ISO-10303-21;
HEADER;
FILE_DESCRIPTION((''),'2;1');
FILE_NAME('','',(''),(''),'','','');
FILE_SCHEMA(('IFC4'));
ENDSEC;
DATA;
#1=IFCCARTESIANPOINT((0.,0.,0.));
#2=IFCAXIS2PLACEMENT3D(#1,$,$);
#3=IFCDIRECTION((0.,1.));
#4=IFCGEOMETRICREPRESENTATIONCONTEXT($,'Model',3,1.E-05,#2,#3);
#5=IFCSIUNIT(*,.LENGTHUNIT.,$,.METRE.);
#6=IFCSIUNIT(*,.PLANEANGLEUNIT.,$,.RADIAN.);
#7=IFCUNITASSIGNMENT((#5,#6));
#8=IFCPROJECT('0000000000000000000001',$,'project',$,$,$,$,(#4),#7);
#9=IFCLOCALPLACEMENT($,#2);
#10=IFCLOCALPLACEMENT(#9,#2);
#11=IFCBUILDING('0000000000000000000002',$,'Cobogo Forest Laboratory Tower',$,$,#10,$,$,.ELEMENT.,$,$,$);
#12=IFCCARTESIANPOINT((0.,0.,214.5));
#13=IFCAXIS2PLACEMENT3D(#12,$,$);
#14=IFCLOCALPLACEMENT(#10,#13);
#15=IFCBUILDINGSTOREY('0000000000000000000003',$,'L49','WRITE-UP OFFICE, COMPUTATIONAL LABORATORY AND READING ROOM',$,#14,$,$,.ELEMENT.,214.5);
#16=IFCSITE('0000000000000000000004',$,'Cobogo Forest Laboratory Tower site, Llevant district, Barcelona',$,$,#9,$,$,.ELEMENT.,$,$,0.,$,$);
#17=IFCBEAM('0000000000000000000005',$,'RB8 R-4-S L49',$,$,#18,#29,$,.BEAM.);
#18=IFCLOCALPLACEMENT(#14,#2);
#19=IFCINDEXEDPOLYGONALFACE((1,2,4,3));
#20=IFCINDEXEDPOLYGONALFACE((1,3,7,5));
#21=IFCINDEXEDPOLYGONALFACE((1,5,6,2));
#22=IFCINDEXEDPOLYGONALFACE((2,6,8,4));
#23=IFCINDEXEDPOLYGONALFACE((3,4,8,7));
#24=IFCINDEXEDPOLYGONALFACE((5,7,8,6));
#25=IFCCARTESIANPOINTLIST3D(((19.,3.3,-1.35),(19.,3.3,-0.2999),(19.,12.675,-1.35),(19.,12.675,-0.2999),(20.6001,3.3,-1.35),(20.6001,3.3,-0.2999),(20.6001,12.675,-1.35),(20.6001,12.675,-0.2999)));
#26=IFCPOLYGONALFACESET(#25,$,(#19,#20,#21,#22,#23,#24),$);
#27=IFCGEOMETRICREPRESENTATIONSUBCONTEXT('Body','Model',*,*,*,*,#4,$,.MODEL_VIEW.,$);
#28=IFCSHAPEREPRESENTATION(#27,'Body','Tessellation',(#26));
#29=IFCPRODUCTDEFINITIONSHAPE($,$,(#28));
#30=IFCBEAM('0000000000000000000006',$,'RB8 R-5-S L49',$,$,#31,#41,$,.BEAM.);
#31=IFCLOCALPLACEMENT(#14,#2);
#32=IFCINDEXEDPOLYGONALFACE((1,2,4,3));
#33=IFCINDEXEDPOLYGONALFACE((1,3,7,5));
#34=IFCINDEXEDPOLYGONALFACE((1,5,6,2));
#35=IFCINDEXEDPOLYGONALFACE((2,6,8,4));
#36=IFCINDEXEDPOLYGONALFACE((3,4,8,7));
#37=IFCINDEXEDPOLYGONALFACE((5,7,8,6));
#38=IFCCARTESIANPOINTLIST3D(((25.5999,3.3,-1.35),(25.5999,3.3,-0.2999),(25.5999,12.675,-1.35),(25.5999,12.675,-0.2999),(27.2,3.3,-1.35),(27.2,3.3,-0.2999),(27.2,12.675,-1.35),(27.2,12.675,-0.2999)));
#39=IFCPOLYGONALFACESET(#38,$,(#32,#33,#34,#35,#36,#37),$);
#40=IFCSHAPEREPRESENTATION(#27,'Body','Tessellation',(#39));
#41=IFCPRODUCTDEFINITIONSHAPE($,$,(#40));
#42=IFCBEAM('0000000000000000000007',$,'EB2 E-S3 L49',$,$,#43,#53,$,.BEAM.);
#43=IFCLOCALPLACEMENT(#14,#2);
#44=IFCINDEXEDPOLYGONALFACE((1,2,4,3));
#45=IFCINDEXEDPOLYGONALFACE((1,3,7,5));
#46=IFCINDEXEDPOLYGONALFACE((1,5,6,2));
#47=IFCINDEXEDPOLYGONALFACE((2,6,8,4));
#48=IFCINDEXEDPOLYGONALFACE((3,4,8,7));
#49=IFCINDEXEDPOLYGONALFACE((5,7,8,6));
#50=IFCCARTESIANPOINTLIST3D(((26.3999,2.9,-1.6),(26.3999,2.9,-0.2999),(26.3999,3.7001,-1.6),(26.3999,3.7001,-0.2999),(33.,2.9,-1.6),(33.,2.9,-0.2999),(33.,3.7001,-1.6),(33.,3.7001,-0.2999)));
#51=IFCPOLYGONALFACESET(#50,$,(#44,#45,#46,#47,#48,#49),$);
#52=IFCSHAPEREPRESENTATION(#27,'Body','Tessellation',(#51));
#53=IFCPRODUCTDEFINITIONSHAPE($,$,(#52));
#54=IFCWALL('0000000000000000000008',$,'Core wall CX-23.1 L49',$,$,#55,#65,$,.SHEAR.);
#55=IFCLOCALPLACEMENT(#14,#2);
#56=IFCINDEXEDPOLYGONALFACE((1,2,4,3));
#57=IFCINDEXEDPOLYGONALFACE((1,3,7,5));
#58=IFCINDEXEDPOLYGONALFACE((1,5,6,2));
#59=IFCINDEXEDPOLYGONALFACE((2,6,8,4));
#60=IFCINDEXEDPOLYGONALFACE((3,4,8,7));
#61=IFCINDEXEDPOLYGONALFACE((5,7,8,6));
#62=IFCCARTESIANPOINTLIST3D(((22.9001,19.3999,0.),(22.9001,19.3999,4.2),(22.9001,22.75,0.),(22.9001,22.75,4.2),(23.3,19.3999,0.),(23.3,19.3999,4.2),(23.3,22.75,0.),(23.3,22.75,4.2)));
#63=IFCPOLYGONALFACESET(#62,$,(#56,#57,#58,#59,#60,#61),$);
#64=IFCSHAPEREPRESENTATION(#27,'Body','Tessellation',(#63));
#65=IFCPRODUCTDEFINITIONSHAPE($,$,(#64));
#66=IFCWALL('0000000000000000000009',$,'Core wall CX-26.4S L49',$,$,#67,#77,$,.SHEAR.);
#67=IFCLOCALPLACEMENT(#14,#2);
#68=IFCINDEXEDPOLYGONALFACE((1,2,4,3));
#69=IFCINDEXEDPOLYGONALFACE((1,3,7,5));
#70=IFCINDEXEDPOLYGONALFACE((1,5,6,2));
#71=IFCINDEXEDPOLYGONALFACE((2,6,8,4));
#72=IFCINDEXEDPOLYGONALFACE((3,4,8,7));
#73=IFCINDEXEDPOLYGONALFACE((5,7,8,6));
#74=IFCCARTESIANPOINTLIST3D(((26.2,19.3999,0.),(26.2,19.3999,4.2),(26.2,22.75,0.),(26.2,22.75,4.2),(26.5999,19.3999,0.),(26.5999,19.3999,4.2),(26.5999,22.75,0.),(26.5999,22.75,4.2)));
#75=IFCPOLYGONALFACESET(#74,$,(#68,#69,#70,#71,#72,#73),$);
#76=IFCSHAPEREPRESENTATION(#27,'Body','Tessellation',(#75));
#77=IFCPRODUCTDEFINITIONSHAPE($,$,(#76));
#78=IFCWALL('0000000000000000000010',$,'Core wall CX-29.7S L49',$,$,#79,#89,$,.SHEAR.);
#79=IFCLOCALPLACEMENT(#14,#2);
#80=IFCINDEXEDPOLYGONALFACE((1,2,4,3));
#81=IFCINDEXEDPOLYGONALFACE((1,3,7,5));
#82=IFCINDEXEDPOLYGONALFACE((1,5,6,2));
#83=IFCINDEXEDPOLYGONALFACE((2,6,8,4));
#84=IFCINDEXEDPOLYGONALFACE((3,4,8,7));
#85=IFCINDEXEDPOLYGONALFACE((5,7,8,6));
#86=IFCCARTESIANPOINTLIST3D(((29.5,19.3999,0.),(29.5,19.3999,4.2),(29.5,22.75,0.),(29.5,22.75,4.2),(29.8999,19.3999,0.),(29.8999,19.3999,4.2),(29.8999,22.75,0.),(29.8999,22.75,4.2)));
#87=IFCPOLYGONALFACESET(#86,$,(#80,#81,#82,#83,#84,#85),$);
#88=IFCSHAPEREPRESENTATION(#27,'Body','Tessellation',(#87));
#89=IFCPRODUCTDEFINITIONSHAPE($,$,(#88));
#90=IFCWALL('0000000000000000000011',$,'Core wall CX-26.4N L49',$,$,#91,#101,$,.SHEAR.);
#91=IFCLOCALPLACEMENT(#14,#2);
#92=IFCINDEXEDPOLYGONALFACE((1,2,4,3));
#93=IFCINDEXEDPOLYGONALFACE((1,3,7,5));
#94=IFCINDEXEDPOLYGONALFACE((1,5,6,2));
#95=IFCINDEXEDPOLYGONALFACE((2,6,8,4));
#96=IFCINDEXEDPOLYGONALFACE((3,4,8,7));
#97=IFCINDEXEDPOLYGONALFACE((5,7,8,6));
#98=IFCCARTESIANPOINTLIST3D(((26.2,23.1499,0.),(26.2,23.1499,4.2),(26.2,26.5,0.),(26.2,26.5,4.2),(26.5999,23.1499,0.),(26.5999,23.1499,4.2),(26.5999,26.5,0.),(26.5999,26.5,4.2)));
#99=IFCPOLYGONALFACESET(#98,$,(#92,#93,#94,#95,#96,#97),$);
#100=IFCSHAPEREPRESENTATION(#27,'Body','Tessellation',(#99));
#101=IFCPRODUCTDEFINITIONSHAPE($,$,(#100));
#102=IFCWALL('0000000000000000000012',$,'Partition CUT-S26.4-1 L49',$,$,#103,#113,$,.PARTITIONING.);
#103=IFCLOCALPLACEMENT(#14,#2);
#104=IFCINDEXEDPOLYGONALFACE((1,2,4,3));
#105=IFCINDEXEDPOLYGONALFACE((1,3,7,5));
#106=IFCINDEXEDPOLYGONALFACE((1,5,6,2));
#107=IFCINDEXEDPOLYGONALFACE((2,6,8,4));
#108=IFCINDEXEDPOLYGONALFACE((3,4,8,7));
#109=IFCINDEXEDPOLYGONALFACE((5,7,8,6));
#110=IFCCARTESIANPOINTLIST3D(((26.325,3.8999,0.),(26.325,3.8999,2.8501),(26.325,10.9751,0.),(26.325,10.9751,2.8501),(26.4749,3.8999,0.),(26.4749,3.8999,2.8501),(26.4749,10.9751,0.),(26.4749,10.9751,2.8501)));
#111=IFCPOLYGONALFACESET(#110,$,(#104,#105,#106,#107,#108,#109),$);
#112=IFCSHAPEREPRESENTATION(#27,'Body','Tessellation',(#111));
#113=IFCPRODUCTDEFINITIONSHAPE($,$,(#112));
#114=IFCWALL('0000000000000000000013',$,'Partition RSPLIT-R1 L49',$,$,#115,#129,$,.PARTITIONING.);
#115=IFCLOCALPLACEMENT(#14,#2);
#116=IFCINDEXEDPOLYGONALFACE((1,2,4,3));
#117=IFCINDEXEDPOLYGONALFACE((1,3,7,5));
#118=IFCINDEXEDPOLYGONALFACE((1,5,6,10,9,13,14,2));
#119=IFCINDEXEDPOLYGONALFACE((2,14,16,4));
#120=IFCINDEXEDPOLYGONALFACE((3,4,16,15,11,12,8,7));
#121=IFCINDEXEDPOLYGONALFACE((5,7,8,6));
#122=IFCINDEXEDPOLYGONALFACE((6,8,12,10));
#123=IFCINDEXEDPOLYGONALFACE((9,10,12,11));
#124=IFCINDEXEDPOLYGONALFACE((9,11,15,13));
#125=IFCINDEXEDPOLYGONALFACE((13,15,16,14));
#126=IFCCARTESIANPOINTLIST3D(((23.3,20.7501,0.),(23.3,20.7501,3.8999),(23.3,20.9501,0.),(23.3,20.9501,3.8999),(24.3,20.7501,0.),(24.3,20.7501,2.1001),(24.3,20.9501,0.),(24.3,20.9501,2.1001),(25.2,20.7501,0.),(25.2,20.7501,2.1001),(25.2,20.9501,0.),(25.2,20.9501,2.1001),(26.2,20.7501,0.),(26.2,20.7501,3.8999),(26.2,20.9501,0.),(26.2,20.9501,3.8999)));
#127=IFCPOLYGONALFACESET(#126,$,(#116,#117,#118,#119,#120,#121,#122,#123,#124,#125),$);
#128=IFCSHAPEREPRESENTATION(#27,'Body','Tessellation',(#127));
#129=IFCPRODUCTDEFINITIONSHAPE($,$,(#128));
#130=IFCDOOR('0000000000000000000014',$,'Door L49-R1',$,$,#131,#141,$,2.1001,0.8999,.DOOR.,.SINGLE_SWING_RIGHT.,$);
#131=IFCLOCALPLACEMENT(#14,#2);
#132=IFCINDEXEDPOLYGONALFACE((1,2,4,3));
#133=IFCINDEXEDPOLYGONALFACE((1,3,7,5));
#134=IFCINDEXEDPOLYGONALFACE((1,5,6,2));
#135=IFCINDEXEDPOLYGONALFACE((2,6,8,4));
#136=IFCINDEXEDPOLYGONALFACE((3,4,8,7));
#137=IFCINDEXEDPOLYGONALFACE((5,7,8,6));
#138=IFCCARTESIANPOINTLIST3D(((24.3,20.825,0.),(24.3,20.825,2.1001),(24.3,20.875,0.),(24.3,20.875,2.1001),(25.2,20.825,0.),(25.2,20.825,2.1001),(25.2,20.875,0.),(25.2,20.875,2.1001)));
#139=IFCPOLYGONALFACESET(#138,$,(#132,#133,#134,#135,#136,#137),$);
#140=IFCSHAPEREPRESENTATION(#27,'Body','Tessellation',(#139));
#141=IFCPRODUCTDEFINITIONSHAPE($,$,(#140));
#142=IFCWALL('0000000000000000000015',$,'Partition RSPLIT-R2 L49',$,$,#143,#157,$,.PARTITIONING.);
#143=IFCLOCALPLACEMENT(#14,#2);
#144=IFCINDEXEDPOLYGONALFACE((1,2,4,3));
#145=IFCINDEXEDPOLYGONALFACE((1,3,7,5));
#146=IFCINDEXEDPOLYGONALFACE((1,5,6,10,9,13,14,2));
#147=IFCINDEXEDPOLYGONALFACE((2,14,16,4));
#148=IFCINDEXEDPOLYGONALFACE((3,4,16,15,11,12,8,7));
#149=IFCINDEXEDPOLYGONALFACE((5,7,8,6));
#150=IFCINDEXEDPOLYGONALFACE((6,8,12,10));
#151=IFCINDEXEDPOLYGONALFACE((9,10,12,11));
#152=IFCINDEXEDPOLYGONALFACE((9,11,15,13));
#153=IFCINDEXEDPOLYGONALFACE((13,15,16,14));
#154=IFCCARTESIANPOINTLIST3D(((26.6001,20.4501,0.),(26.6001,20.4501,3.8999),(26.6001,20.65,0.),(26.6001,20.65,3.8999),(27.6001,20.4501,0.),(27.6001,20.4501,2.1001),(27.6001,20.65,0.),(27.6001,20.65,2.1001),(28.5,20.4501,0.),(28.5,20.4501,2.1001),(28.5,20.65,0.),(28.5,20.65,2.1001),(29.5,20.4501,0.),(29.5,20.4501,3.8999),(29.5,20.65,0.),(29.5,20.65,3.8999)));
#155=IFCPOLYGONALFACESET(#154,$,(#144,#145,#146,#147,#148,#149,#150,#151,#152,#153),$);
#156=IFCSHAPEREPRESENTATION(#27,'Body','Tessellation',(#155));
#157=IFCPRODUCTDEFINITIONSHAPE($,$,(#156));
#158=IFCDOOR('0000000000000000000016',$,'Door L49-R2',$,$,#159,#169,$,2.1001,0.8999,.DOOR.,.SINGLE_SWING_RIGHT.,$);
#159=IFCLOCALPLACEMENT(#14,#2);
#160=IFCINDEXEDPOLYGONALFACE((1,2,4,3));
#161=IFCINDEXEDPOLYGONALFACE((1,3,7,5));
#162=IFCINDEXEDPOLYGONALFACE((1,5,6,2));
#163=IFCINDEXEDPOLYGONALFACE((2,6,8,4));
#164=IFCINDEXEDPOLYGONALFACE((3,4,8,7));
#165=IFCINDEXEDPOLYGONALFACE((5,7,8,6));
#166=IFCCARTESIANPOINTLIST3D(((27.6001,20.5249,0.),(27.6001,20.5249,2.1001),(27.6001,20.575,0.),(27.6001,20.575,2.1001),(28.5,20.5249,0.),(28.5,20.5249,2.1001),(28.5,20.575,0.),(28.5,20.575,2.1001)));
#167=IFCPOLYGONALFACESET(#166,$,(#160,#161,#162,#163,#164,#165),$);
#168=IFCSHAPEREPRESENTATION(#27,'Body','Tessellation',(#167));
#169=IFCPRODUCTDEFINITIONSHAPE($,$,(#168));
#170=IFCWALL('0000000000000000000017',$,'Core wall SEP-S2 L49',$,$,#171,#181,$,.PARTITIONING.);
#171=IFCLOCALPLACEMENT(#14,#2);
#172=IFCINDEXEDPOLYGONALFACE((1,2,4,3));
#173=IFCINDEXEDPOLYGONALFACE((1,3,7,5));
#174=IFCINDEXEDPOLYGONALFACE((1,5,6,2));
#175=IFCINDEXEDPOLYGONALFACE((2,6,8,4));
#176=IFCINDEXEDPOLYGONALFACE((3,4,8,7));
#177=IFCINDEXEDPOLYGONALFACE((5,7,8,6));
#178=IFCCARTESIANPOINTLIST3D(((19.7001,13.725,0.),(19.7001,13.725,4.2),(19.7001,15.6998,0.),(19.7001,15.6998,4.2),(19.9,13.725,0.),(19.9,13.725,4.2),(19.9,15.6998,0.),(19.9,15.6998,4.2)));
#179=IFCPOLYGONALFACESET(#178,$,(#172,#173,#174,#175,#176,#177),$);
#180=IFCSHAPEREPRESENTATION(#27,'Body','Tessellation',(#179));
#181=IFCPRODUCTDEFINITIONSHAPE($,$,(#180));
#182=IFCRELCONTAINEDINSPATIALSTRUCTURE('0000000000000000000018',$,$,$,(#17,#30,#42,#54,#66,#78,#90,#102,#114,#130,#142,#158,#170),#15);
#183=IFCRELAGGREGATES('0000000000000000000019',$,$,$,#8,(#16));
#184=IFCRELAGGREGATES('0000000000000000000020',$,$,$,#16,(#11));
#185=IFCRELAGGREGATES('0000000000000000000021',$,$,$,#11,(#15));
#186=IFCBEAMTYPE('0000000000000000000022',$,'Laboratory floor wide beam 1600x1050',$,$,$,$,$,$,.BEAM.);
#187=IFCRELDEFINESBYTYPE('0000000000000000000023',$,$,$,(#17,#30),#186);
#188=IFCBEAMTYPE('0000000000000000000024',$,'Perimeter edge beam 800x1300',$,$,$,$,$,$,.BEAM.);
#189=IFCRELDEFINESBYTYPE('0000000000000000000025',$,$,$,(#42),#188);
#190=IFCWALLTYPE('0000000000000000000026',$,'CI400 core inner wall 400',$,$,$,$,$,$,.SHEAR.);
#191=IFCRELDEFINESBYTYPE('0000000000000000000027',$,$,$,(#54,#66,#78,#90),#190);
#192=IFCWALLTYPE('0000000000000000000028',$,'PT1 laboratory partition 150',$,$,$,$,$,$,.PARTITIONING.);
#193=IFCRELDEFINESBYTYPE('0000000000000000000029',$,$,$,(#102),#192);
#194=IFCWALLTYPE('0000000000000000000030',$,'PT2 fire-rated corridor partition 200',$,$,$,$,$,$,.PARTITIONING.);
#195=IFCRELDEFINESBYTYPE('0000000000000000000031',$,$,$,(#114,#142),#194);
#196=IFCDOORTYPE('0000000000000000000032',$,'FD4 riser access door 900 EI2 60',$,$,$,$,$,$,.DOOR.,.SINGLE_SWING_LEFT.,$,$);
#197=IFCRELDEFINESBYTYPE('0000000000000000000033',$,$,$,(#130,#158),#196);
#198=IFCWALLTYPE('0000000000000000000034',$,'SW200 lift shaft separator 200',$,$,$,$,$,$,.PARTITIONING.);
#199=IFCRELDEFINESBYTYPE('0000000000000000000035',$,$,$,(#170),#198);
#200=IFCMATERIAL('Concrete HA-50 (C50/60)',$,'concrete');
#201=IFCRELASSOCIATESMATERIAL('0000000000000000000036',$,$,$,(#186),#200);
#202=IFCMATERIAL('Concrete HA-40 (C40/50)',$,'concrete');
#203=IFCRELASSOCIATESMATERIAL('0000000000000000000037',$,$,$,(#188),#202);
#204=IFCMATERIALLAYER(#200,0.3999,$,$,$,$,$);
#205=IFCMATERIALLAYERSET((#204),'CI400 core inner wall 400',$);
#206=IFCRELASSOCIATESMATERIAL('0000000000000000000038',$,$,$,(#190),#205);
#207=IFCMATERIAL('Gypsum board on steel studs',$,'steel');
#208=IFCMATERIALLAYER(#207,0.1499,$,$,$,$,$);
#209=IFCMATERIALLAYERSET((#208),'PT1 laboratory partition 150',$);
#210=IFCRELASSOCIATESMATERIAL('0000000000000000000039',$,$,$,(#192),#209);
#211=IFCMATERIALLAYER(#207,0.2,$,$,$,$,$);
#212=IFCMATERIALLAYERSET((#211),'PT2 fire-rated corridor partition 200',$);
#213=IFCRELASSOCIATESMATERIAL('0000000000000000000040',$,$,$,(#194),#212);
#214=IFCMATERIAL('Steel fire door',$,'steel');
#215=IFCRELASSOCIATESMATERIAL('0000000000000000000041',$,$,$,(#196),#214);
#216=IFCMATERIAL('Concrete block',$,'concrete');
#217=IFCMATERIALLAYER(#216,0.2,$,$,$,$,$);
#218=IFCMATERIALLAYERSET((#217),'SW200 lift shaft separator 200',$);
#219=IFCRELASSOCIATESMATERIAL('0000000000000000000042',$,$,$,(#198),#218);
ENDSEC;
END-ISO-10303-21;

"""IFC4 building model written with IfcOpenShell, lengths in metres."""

from ifc_helpers import new_model, si_unit, direction, frame, frame_2d, origin, origin_2d, place, context, subcontext, project, spatial, rectangle, extrude, material, layer, layer_set, material_profile, profile_set, type_object, element, fill, save


model = new_model("IFC4")

# Units and contexts
model_context = context("Model", 3, precision=1e-05, world=origin(), true_north=direction((0.0, 1.0)))
body_context = subcontext(model_context, "Body", "Model", "MODEL_VIEW")
ifc_project = project(units=[si_unit("LENGTHUNIT", "METRE"), si_unit("PLANEANGLEUNIT", "RADIAN")], contexts=[model_context])

# Site, building, storey
site_placement = place(None, origin())
site = spatial("IfcSite", under=ifc_project, at=site_placement, Name="Cobogo Forest Laboratory Tower site, Llevant district, Barcelona", CompositionType="ELEMENT", RefElevation=0.0)
building_placement = place(site_placement, origin())
building = spatial("IfcBuilding", under=site, at=building_placement, Name="Cobogo Forest Laboratory Tower", CompositionType="ELEMENT")
storey_placement = place(building_placement, frame((0.0, 0.0, 214.5)))
storey = spatial("IfcBuildingStorey", under=building, at=storey_placement, Name="L49", Description="WRITE-UP OFFICE, COMPUTATIONAL LABORATORY AND READING ROOM", CompositionType="ELEMENT", Elevation=214.5)

# Beams
ifc_material_1 = material(Name="Concrete HA-50 (C50/60)", Category="concrete")
ifc_material_profile_1 = material_profile(ifc_material_1, rectangle(XDim=1.6001, YDim=1.05, at=origin_2d()), Name="RC 1600x1050")
ifc_profile_set_1 = profile_set([ifc_material_profile_1], Name="Concrete HA-50 (C50/60)")
beam_type_1 = type_object("IfcBeamType", Name="Laboratory floor wide beam 1600x1050", PredefinedType="BEAM", material=ifc_profile_set_1)
for number, where, z_axis, x_axis, name in (
    (1, (19.8, 12.675, -0.825), (0.0, -1.0, 0.0), (1.0, 0.0, 0.0), "RB8 R-4-S L49"),
    (2, (26.3999, 12.675, -0.825), (0.0, -1.0, 0.0), (1.0, 0.0, 0.0), "RB8 R-5-S L49"),
):
    element("IfcBeam", number, at=place(storey_placement, frame(where, z_axis=z_axis, x_axis=x_axis)), inside=storey, type_object=beam_type_1, Name=name, PredefinedType="BEAM", context=body_context, shape_type="SweptSolid", body=[
        extrude(rectangle(XDim=1.6001, YDim=1.05, at=origin_2d()), origin(), (0.0, 0.0, 1.0), 9.375),
    ])
ifc_material_2 = material(Name="Concrete HA-40 (C40/50)", Category="concrete")
ifc_material_profile_2 = material_profile(ifc_material_2, rectangle(XDim=0.8, YDim=1.3, at=origin_2d()), Name="RC 800x1300")
ifc_profile_set_2 = profile_set([ifc_material_profile_2], Name="Concrete HA-40 (C40/50)")
beam_type_2 = type_object("IfcBeamType", Name="Perimeter edge beam 800x1300", PredefinedType="BEAM", material=ifc_profile_set_2)
beam_placement = place(storey_placement, frame((26.3999, 3.3, -0.95), z_axis=(1.0, 0.0, 0.0), x_axis=(0.0, 1.0, 0.0)))
element("IfcBeam", 3, at=beam_placement, inside=storey, type_object=beam_type_2, Name="EB2 E-S3 L49", PredefinedType="BEAM", context=body_context, shape_type="SweptSolid", body=[
    extrude(rectangle(XDim=0.8, YDim=1.3, at=origin_2d()), origin(), (0.0, 0.0, 1.0), 6.6001),
])

# Walls
ifc_layer_1 = layer(ifc_material_1, 0.3999)
ifc_layer_set_1 = layer_set([ifc_layer_1], Name="CI400 core inner wall 400")
wall_type_1 = type_object("IfcWallType", Name="CI400 core inner wall 400", PredefinedType="SHEAR", material=ifc_layer_set_1)
for number, where, z_axis, x_axis, name in (
    (4, (23.1001, 19.3999, 0.0), (0.0, 0.0, 1.0), (0.0, 1.0, 0.0), "Core wall CX-23.1 L49"),
    (5, (26.3999, 19.3999, 0.0), (0.0, 0.0, 1.0), (0.0, 1.0, 0.0), "Core wall CX-26.4S L49"),
    (6, (29.7, 19.3999, 0.0), (0.0, 0.0, 1.0), (0.0, 1.0, 0.0), "Core wall CX-29.7S L49"),
    (7, (26.3999, 23.1499, 0.0), (0.0, 0.0, 1.0), (0.0, 1.0, 0.0), "Core wall CX-26.4N L49"),
):
    element("IfcWall", number, at=place(storey_placement, frame(where, z_axis=z_axis, x_axis=x_axis)), inside=storey, type_object=wall_type_1, Name=name, PredefinedType="SHEAR", context=body_context, shape_type="SweptSolid", body=[
        extrude(rectangle(XDim=3.3501, YDim=0.3999, at=frame_2d((1.675, 0.0))), origin(), (0.0, 0.0, 1.0), 4.2),
    ])
ifc_material_3 = material(Name="Gypsum board on steel studs", Category="steel")
ifc_layer_2 = layer(ifc_material_3, 0.1499)
ifc_layer_set_2 = layer_set([ifc_layer_2], Name="PT1 laboratory partition 150")
wall_type_2 = type_object("IfcWallType", Name="PT1 laboratory partition 150", PredefinedType="PARTITIONING", material=ifc_layer_set_2)
wall_1_placement = place(storey_placement, frame((26.3999, 3.8999, 0.0), z_axis=(0.0, 0.0, 1.0), x_axis=(0.0, 1.0, 0.0)))
element("IfcWall", 8, at=wall_1_placement, inside=storey, type_object=wall_type_2, Name="Partition CUT-S26.4-1 L49", PredefinedType="PARTITIONING", context=body_context, shape_type="SweptSolid", body=[
    extrude(rectangle(XDim=7.0752, YDim=0.1499, at=frame_2d((3.5376, 0.0))), origin(), (0.0, 0.0, 1.0), 2.8501),
])

# Walls, openings, doors
ifc_layer_3 = layer(ifc_material_3, 0.2)
ifc_layer_set_3 = layer_set([ifc_layer_3], Name="PT2 fire-rated corridor partition 200")
wall_type_3 = type_object("IfcWallType", Name="PT2 fire-rated corridor partition 200", PredefinedType="PARTITIONING", material=ifc_layer_set_3)
wall_2_placement = place(storey_placement, frame((23.3, 20.8501, 0.0), z_axis=(0.0, 0.0, 1.0), x_axis=(1.0, 0.0, 0.0)))
wall_2 = element("IfcWall", 9, at=wall_2_placement, inside=storey, type_object=wall_type_3, Name="Partition RSPLIT-R1 L49", PredefinedType="PARTITIONING", context=body_context, shape_type="SweptSolid", body=[
    extrude(rectangle(XDim=2.8999, YDim=0.2, at=frame_2d((1.45, 0.0))), origin(), (0.0, 0.0, 1.0), 3.8999),
])
opening_1_placement = place(wall_2_placement, frame((1.0, 0.0, 0.0)))
opening_1 = element("IfcOpeningElement", 10, at=opening_1_placement, cuts=wall_2, PredefinedType="OPENING", context=body_context, shape_type="SweptSolid", body=[
    extrude(rectangle(XDim=0.8999, YDim=2.1001, at=frame_2d((0.45, 1.05))), frame((0.0, 0.1099, 0.0), z_axis=(0.0, -1.0, 0.0), x_axis=(1.0, 0.0, 0.0)), (0.0, 0.0, 1.0), 0.22),
])
ifc_material_4 = material(Name="Steel fire door", Category="steel")
door_type = type_object("IfcDoorType", Name="FD4 riser access door 900 EI2 60", OperationType="SINGLE_SWING_LEFT", PredefinedType="DOOR", material=ifc_material_4)
door_1_placement = place(opening_1_placement, origin())
door_1 = element("IfcDoor", 11, at=door_1_placement, inside=storey, type_object=door_type, Name="Door L49-R1", OperationType="SINGLE_SWING_RIGHT", OverallHeight=2.1001, OverallWidth=0.8999, PredefinedType="DOOR", context=body_context, shape_type="SweptSolid", body=[
    extrude(rectangle(XDim=0.8999, YDim=2.1001, at=frame_2d((0.45, 1.05))), frame((0.0, 0.0249, 0.0), z_axis=(0.0, -1.0, 0.0), x_axis=(1.0, 0.0, 0.0)), (0.0, 0.0, 1.0), 0.05),
])
fill(opening_1, door_1)
wall_3_placement = place(storey_placement, frame((26.6001, 20.55, 0.0), z_axis=(0.0, 0.0, 1.0), x_axis=(1.0, 0.0, 0.0)))
wall_3 = element("IfcWall", 12, at=wall_3_placement, inside=storey, type_object=wall_type_3, Name="Partition RSPLIT-R2 L49", PredefinedType="PARTITIONING", context=body_context, shape_type="SweptSolid", body=[
    extrude(rectangle(XDim=2.8999, YDim=0.2, at=frame_2d((1.45, 0.0))), origin(), (0.0, 0.0, 1.0), 3.8999),
])
opening_2_placement = place(wall_3_placement, frame((1.0, 0.0, 0.0)))
opening_2 = element("IfcOpeningElement", 13, at=opening_2_placement, cuts=wall_3, PredefinedType="OPENING", context=body_context, shape_type="SweptSolid", body=[
    extrude(rectangle(XDim=0.8999, YDim=2.1001, at=frame_2d((0.45, 1.05))), frame((0.0, 0.1099, 0.0), z_axis=(0.0, -1.0, 0.0), x_axis=(1.0, 0.0, 0.0)), (0.0, 0.0, 1.0), 0.22),
])
door_2_placement = place(opening_2_placement, origin())
door_2 = element("IfcDoor", 14, at=door_2_placement, inside=storey, type_object=door_type, Name="Door L49-R2", OperationType="SINGLE_SWING_RIGHT", OverallHeight=2.1001, OverallWidth=0.8999, PredefinedType="DOOR", context=body_context, shape_type="SweptSolid", body=[
    extrude(rectangle(XDim=0.8999, YDim=2.1001, at=frame_2d((0.45, 1.05))), frame((0.0, 0.0249, 0.0), z_axis=(0.0, -1.0, 0.0), x_axis=(1.0, 0.0, 0.0)), (0.0, 0.0, 1.0), 0.05),
])
fill(opening_2, door_2)

# Wall
ifc_material_5 = material(Name="Concrete block", Category="concrete")
ifc_layer_4 = layer(ifc_material_5, 0.2)
ifc_layer_set_4 = layer_set([ifc_layer_4], Name="SW200 lift shaft separator 200")
wall_type_4 = type_object("IfcWallType", Name="SW200 lift shaft separator 200", PredefinedType="PARTITIONING", material=ifc_layer_set_4)
for number, where, z_axis, x_axis, name in (
    (15, (19.8, 13.7251, 0.0), (0.0, 0.0, 1.0), (0.0, 1.0, 0.0), "Core wall SEP-S2 L49"),
):
    element("IfcWall", number, at=place(storey_placement, frame(where, z_axis=z_axis, x_axis=x_axis)), inside=storey, type_object=wall_type_4, Name=name, PredefinedType="PARTITIONING", context=body_context, shape_type="SweptSolid", body=[
        extrude(rectangle(XDim=1.9749, YDim=0.2, at=frame_2d((0.9873, 0.0))), origin(), (0.0, 0.0, 1.0), 4.2),
    ])

save(model, "model.ifc")
